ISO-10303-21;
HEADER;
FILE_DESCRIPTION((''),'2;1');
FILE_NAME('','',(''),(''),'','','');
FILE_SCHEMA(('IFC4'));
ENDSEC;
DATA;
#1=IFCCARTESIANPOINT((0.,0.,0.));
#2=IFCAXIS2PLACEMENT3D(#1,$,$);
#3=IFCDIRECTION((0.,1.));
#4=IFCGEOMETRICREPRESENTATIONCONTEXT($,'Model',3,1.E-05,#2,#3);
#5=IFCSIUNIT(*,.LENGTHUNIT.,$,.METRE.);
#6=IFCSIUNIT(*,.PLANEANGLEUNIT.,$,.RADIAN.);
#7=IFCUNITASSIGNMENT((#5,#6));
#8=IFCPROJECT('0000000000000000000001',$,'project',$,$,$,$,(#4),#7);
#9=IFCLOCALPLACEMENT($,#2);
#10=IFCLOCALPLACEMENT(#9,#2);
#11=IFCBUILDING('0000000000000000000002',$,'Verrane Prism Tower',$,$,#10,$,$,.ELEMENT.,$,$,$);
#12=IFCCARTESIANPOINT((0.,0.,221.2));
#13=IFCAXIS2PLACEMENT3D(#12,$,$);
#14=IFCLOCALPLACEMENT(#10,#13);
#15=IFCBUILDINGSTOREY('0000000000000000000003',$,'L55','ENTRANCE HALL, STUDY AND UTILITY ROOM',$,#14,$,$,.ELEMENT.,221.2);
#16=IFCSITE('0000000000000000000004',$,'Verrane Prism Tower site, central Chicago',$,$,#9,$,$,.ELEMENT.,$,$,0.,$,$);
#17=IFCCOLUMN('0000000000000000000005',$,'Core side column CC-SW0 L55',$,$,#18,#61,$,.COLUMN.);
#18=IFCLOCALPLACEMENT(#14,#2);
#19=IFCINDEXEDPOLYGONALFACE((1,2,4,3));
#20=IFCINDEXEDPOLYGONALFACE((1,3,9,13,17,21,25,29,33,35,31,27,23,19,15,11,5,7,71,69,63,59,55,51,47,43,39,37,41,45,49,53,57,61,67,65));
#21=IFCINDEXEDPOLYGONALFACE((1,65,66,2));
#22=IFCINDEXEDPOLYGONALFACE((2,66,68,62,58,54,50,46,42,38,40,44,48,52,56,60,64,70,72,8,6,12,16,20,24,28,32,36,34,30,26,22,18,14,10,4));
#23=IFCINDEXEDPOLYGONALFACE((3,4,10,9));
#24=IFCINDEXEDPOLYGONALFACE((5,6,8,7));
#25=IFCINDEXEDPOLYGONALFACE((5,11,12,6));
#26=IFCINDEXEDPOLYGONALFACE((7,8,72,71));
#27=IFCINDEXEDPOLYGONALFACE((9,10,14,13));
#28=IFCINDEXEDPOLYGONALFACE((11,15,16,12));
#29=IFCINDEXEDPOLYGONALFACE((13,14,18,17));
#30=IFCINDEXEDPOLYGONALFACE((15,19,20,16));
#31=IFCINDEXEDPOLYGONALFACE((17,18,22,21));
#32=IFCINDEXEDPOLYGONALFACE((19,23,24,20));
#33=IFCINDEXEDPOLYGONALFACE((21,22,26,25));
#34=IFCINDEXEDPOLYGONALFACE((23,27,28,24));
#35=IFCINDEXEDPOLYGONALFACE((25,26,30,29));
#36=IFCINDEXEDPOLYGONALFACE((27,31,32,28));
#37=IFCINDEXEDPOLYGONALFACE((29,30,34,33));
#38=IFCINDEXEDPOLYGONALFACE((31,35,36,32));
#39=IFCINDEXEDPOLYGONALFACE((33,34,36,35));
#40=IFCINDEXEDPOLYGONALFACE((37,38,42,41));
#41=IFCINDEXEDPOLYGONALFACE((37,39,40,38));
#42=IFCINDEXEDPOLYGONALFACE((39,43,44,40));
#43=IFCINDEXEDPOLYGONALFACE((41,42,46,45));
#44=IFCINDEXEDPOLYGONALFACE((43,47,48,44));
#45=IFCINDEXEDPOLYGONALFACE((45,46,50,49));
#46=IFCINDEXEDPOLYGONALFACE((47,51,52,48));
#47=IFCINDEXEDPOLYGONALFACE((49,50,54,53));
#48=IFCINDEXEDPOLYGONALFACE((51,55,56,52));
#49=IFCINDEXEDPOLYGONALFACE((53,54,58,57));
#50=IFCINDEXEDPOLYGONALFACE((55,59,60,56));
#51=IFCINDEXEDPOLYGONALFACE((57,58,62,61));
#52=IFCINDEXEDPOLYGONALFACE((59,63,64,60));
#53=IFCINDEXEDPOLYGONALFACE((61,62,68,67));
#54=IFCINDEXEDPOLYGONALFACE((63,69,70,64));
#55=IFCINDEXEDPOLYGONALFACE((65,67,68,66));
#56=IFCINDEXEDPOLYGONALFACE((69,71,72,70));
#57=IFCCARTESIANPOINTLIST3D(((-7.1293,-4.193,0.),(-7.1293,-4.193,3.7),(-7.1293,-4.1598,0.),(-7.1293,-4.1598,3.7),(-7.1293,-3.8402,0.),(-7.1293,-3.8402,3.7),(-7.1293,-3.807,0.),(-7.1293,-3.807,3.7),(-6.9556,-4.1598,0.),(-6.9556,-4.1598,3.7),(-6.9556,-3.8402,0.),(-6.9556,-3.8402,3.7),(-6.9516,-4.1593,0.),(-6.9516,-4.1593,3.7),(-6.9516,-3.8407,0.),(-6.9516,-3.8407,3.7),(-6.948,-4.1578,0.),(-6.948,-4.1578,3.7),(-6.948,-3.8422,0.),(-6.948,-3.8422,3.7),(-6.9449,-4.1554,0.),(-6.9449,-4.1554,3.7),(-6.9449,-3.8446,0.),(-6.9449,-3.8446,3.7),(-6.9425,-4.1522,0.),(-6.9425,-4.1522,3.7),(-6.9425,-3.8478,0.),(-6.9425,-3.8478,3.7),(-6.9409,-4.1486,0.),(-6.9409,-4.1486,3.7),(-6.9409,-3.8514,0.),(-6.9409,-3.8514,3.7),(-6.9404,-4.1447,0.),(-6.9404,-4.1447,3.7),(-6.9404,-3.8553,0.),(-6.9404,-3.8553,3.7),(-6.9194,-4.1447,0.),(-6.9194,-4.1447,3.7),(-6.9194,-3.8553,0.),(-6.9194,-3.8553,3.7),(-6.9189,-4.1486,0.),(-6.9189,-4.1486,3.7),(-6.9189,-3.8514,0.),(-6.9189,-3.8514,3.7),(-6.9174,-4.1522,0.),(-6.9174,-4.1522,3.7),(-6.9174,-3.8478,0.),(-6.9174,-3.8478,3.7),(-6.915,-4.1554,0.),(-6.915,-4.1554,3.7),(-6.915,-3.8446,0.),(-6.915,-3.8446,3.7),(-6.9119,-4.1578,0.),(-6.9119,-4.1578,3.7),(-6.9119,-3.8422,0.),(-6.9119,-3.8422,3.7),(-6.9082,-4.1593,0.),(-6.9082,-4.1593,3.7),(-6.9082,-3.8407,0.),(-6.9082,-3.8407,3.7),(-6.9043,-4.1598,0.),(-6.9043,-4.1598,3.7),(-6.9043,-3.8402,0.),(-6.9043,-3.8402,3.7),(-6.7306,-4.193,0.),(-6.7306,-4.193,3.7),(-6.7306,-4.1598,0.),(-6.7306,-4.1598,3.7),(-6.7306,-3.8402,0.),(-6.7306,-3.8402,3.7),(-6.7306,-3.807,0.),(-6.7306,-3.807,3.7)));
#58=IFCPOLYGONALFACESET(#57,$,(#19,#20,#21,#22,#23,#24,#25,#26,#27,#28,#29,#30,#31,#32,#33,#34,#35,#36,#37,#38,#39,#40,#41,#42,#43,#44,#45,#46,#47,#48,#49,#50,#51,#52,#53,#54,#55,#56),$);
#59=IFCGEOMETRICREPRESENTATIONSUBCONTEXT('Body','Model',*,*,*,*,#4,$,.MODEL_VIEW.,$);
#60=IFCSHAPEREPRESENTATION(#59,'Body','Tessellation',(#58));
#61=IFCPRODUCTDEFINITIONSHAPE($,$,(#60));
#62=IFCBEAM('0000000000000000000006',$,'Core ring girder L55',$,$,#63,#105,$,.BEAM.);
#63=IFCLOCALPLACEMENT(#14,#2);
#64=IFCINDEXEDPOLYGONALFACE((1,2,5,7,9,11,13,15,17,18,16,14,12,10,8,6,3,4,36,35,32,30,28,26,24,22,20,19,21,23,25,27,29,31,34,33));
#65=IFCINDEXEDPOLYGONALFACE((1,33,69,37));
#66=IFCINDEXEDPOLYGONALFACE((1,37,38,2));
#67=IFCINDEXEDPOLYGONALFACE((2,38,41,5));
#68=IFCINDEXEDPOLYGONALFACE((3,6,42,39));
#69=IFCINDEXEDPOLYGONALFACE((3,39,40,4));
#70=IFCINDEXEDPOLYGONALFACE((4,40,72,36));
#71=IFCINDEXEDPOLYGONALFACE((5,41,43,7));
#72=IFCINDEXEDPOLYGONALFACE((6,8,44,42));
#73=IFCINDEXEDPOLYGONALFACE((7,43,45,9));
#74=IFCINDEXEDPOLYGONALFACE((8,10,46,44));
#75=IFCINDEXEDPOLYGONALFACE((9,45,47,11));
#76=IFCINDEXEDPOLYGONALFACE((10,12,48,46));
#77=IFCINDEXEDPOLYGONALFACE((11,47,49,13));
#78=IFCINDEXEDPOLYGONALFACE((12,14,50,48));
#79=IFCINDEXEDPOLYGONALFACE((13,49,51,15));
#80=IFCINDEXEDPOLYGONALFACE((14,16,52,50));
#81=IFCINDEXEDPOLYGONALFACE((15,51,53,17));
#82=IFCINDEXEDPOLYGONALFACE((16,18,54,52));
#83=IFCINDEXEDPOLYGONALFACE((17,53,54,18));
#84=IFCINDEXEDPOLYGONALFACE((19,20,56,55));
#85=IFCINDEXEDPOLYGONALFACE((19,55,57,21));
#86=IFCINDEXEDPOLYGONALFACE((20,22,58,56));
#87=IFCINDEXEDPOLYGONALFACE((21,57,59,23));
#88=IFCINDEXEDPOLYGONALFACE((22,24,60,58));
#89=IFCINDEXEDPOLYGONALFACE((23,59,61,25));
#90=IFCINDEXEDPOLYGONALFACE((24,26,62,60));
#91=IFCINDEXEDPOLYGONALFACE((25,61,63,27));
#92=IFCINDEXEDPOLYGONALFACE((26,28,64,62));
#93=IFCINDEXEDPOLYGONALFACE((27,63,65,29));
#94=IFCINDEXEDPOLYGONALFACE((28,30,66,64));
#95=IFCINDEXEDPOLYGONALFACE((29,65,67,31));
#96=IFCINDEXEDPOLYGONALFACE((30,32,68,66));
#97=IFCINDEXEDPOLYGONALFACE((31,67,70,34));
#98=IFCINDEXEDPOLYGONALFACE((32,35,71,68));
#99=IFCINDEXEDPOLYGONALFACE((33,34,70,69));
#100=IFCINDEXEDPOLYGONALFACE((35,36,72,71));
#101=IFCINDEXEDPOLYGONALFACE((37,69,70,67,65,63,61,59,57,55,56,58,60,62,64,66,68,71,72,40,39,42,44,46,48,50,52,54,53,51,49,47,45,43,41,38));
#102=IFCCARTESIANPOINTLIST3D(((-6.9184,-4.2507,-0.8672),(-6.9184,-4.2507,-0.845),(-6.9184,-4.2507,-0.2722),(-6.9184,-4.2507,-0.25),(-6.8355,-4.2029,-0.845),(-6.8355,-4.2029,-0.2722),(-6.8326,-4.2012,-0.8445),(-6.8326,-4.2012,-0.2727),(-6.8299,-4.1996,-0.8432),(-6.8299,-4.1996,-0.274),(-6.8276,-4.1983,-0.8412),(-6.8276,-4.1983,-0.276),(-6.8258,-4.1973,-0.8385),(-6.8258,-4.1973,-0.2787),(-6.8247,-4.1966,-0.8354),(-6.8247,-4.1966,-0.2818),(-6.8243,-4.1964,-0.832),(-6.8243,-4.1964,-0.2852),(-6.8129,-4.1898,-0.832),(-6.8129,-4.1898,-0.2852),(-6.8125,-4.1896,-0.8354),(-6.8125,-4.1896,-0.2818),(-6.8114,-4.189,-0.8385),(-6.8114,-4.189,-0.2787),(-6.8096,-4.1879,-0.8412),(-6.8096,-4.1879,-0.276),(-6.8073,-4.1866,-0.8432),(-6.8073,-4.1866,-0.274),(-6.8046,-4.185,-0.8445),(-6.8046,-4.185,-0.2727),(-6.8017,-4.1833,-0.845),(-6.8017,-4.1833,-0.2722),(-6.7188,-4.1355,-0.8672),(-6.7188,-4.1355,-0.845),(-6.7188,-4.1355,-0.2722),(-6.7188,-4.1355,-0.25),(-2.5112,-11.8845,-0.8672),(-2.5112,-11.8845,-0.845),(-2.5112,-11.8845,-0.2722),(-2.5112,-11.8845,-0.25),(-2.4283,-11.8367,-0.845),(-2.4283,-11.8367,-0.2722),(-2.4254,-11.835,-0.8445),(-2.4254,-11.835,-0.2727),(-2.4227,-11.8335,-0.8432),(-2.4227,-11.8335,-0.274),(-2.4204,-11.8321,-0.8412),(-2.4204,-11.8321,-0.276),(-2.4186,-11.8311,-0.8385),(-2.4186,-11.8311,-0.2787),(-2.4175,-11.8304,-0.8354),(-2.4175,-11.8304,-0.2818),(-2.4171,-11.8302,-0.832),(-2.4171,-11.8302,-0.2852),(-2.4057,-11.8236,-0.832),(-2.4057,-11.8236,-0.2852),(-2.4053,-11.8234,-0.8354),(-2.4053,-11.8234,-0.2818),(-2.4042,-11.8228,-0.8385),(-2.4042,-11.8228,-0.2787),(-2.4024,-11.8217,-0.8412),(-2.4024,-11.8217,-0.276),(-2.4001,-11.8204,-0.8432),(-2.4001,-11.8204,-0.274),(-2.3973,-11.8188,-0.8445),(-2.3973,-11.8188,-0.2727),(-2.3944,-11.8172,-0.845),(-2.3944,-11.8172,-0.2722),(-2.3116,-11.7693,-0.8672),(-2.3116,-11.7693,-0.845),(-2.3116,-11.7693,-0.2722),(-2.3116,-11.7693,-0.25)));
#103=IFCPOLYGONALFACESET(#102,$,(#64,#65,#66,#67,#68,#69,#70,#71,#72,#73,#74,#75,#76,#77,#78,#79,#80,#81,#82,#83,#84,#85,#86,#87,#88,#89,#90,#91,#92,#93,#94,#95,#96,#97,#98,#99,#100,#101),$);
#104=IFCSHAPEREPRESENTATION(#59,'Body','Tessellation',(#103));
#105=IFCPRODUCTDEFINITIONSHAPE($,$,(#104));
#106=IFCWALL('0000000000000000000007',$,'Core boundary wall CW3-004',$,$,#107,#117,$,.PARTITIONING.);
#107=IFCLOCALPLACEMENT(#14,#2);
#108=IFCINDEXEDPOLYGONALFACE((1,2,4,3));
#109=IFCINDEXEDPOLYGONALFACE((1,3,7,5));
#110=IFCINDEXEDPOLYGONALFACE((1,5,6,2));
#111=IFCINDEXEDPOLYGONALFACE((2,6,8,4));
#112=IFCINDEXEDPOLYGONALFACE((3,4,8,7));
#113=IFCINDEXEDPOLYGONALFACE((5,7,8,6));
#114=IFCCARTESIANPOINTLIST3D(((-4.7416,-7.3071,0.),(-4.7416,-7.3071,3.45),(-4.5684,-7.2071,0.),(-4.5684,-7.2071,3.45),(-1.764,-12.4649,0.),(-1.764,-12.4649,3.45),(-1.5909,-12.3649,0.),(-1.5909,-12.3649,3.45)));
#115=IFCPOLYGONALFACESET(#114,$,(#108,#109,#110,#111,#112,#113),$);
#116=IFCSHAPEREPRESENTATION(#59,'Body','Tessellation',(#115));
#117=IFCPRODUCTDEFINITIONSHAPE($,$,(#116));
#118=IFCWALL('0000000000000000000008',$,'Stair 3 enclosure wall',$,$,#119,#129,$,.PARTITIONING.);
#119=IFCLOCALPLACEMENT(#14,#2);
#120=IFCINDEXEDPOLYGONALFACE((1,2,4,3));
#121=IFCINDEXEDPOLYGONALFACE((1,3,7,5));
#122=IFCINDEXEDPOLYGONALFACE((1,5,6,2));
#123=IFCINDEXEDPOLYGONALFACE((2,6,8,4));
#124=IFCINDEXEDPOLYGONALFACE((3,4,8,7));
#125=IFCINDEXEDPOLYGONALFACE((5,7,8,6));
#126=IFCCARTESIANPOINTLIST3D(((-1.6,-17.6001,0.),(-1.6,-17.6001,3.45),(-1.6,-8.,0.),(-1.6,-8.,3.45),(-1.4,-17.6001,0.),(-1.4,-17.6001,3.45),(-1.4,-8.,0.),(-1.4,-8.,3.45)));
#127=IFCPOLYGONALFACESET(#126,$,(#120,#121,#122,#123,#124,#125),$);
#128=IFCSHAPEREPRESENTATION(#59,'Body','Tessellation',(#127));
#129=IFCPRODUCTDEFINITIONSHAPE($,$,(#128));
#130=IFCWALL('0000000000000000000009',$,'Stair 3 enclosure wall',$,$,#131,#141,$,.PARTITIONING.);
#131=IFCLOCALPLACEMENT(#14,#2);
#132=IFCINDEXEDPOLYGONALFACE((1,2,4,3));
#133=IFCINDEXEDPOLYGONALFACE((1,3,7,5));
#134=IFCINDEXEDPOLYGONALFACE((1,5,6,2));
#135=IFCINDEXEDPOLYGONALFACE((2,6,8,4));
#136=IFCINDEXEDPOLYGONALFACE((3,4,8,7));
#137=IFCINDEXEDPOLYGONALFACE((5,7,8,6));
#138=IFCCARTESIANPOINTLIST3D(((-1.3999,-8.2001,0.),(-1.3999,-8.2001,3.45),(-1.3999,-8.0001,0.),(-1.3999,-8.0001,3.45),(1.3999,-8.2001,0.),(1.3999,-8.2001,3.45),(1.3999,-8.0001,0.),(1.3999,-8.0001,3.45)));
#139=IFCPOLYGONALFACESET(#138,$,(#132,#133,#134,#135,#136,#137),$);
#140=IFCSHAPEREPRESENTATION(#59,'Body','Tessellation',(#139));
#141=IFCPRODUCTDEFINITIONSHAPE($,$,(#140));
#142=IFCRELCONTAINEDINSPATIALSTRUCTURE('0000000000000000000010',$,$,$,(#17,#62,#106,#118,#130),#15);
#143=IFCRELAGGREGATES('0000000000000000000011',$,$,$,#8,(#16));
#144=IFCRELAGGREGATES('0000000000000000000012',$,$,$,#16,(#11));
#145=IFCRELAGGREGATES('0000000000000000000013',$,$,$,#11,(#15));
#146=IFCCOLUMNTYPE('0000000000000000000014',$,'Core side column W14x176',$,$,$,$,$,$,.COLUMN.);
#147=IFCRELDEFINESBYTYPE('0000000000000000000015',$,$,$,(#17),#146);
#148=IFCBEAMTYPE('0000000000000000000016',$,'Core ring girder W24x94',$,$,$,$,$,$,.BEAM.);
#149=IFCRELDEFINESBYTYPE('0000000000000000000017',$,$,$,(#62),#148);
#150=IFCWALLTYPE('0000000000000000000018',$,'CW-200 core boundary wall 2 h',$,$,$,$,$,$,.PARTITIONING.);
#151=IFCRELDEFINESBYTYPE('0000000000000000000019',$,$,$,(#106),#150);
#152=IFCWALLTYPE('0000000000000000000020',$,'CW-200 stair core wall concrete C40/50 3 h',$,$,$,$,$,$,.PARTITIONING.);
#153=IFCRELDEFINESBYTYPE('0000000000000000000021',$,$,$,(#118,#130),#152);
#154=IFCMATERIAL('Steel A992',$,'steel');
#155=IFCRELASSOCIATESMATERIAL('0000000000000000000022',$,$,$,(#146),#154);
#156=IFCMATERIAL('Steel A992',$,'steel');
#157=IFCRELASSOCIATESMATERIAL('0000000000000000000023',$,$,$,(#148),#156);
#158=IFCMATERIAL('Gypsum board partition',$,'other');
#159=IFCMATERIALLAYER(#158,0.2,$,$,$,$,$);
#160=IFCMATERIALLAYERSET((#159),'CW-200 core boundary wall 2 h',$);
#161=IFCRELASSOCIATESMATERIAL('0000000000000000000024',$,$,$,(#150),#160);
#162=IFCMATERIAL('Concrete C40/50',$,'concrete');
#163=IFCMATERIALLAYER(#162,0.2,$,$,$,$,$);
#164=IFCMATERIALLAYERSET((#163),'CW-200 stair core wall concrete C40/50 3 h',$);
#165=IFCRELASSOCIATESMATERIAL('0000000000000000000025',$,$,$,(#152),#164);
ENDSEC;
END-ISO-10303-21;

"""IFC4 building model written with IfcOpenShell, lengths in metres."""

from ifc_helpers import new_model, si_unit, direction, frame, frame_2d, origin, origin_2d, place, context, subcontext, project, spatial, rectangle, i_section, extrude, material, layer, layer_set, material_profile, profile_set, type_object, element, save


model = new_model("IFC4")

# Units and contexts
model_context = context("Model", 3, precision=1e-05, world=origin(), true_north=direction((0.0, 1.0)))
body_context = subcontext(model_context, "Body", "Model", "MODEL_VIEW")
ifc_project = project(units=[si_unit("LENGTHUNIT", "METRE"), si_unit("PLANEANGLEUNIT", "RADIAN")], contexts=[model_context])

# Site, building, storey
site_placement = place(None, origin())
site = spatial("IfcSite", under=ifc_project, at=site_placement, Name="Verrane Prism Tower site, central Chicago", CompositionType="ELEMENT", RefElevation=0.0)
building_placement = place(site_placement, origin())
building = spatial("IfcBuilding", under=site, at=building_placement, Name="Verrane Prism Tower", CompositionType="ELEMENT")
storey_placement = place(building_placement, frame((0.0, 0.0, 221.2)))
storey = spatial("IfcBuildingStorey", under=building, at=storey_placement, Name="L55", Description="ENTRANCE HALL, STUDY AND UTILITY ROOM", CompositionType="ELEMENT", Elevation=221.2)

# Column
ifc_material_1 = material(Name="Steel A992", Category="steel")
ifc_material_profile_1 = material_profile(ifc_material_1, i_section(OverallWidth=0.3987, OverallDepth=0.386, WebThickness=0.021, FlangeThickness=0.0332, FilletRadius=0.0151, at=origin_2d()), Name="W14x176")
ifc_profile_set_1 = profile_set([ifc_material_profile_1], Name="Steel A992")
column_type = type_object("IfcColumnType", Name="Core side column W14x176", PredefinedType="COLUMN", material=ifc_profile_set_1)
column_placement = place(storey_placement, frame((-6.9299, -4.0, 0.0), z_axis=(0.0, 0.0, 1.0), x_axis=(1.0, 0.0, 0.0)))
element("IfcColumn", 1, at=column_placement, inside=storey, type_object=column_type, Name="Core side column CC-SW0 L55", PredefinedType="COLUMN", context=body_context, shape_type="SweptSolid", body=[
    extrude(i_section(OverallWidth=0.3987, OverallDepth=0.386, WebThickness=0.021, FlangeThickness=0.0332, FilletRadius=0.0151, at=origin_2d()), origin(), (0.0, 0.0, 1.0), 3.7),
])

# Beam
ifc_material_2 = material(Name="Steel A992", Category="steel")
ifc_material_profile_2 = material_profile(ifc_material_2, i_section(OverallWidth=0.2305, OverallDepth=0.6172, WebThickness=0.0132, FlangeThickness=0.0222, FilletRadius=0.0129, at=origin_2d()), Name="W24x94")
ifc_profile_set_2 = profile_set([ifc_material_profile_2], Name="Steel A992")
beam_type = type_object("IfcBeamType", Name="Core ring girder W24x94", PredefinedType="BEAM", material=ifc_profile_set_2)
beam_placement = place(storey_placement, frame((-6.8186, -4.1931, -0.5586), z_axis=(0.499988, -0.866032, 0.0), x_axis=(0.866032, 0.499988, 0.0)))
element("IfcBeam", 2, at=beam_placement, inside=storey, type_object=beam_type, Name="Core ring girder L55", PredefinedType="BEAM", context=body_context, shape_type="SweptSolid", body=[
    extrude(i_section(OverallWidth=0.2305, OverallDepth=0.6172, WebThickness=0.0132, FlangeThickness=0.0222, FilletRadius=0.0129, at=origin_2d()), origin(), (0.0, 0.0, 1.0), 8.8147),
])

# Walls
ifc_material_3 = material(Name="Gypsum board partition", Category="other")
ifc_layer_1 = layer(ifc_material_3, 0.2)
ifc_layer_set_1 = layer_set([ifc_layer_1], Name="CW-200 core boundary wall 2 h")
wall_type_1 = type_object("IfcWallType", Name="CW-200 core boundary wall 2 h", PredefinedType="PARTITIONING", material=ifc_layer_set_1)
wall_1_placement = place(storey_placement, frame((-4.655, -7.2571, 0.0), z_axis=(0.0, 0.0, 1.0), x_axis=(0.499966, -0.866045, 0.0)))
element("IfcWall", 3, at=wall_1_placement, inside=storey, type_object=wall_type_1, Name="Core boundary wall CW3-004", PredefinedType="PARTITIONING", context=body_context, shape_type="SweptSolid", body=[
    extrude(rectangle(XDim=5.9556, YDim=0.2, at=frame_2d((2.9778, 0.0))), origin(), (0.0, 0.0, 1.0), 3.45),
])
ifc_material_4 = material(Name="Concrete C40/50", Category="concrete")
ifc_layer_2 = layer(ifc_material_4, 0.2)
ifc_layer_set_2 = layer_set([ifc_layer_2], Name="CW-200 stair core wall concrete C40/50 3 h")
wall_type_2 = type_object("IfcWallType", Name="CW-200 stair core wall concrete C40/50 3 h", PredefinedType="PARTITIONING", material=ifc_layer_set_2)
wall_2_placement = place(storey_placement, frame((-1.5, -8.0, 0.0), z_axis=(0.0, 0.0, 1.0), x_axis=(0.0, -1.0, 0.0)))
element("IfcWall", 4, at=wall_2_placement, inside=storey, type_object=wall_type_2, Name="Stair 3 enclosure wall", PredefinedType="PARTITIONING", context=body_context, shape_type="SweptSolid", body=[
    extrude(rectangle(XDim=9.6001, YDim=0.2, at=frame_2d((4.8, 0.0))), origin(), (0.0, 0.0, 1.0), 3.45),
])
wall_3_placement = place(storey_placement, frame((-1.3999, -8.1001, 0.0), z_axis=(0.0, 0.0, 1.0), x_axis=(1.0, 0.0, 0.0)))
element("IfcWall", 5, at=wall_3_placement, inside=storey, type_object=wall_type_2, Name="Stair 3 enclosure wall", PredefinedType="PARTITIONING", context=body_context, shape_type="SweptSolid", body=[
    extrude(rectangle(XDim=2.7998, YDim=0.2, at=frame_2d((1.3999, 0.0))), origin(), (0.0, 0.0, 1.0), 3.45),
])

save(model, "model.ifc")
